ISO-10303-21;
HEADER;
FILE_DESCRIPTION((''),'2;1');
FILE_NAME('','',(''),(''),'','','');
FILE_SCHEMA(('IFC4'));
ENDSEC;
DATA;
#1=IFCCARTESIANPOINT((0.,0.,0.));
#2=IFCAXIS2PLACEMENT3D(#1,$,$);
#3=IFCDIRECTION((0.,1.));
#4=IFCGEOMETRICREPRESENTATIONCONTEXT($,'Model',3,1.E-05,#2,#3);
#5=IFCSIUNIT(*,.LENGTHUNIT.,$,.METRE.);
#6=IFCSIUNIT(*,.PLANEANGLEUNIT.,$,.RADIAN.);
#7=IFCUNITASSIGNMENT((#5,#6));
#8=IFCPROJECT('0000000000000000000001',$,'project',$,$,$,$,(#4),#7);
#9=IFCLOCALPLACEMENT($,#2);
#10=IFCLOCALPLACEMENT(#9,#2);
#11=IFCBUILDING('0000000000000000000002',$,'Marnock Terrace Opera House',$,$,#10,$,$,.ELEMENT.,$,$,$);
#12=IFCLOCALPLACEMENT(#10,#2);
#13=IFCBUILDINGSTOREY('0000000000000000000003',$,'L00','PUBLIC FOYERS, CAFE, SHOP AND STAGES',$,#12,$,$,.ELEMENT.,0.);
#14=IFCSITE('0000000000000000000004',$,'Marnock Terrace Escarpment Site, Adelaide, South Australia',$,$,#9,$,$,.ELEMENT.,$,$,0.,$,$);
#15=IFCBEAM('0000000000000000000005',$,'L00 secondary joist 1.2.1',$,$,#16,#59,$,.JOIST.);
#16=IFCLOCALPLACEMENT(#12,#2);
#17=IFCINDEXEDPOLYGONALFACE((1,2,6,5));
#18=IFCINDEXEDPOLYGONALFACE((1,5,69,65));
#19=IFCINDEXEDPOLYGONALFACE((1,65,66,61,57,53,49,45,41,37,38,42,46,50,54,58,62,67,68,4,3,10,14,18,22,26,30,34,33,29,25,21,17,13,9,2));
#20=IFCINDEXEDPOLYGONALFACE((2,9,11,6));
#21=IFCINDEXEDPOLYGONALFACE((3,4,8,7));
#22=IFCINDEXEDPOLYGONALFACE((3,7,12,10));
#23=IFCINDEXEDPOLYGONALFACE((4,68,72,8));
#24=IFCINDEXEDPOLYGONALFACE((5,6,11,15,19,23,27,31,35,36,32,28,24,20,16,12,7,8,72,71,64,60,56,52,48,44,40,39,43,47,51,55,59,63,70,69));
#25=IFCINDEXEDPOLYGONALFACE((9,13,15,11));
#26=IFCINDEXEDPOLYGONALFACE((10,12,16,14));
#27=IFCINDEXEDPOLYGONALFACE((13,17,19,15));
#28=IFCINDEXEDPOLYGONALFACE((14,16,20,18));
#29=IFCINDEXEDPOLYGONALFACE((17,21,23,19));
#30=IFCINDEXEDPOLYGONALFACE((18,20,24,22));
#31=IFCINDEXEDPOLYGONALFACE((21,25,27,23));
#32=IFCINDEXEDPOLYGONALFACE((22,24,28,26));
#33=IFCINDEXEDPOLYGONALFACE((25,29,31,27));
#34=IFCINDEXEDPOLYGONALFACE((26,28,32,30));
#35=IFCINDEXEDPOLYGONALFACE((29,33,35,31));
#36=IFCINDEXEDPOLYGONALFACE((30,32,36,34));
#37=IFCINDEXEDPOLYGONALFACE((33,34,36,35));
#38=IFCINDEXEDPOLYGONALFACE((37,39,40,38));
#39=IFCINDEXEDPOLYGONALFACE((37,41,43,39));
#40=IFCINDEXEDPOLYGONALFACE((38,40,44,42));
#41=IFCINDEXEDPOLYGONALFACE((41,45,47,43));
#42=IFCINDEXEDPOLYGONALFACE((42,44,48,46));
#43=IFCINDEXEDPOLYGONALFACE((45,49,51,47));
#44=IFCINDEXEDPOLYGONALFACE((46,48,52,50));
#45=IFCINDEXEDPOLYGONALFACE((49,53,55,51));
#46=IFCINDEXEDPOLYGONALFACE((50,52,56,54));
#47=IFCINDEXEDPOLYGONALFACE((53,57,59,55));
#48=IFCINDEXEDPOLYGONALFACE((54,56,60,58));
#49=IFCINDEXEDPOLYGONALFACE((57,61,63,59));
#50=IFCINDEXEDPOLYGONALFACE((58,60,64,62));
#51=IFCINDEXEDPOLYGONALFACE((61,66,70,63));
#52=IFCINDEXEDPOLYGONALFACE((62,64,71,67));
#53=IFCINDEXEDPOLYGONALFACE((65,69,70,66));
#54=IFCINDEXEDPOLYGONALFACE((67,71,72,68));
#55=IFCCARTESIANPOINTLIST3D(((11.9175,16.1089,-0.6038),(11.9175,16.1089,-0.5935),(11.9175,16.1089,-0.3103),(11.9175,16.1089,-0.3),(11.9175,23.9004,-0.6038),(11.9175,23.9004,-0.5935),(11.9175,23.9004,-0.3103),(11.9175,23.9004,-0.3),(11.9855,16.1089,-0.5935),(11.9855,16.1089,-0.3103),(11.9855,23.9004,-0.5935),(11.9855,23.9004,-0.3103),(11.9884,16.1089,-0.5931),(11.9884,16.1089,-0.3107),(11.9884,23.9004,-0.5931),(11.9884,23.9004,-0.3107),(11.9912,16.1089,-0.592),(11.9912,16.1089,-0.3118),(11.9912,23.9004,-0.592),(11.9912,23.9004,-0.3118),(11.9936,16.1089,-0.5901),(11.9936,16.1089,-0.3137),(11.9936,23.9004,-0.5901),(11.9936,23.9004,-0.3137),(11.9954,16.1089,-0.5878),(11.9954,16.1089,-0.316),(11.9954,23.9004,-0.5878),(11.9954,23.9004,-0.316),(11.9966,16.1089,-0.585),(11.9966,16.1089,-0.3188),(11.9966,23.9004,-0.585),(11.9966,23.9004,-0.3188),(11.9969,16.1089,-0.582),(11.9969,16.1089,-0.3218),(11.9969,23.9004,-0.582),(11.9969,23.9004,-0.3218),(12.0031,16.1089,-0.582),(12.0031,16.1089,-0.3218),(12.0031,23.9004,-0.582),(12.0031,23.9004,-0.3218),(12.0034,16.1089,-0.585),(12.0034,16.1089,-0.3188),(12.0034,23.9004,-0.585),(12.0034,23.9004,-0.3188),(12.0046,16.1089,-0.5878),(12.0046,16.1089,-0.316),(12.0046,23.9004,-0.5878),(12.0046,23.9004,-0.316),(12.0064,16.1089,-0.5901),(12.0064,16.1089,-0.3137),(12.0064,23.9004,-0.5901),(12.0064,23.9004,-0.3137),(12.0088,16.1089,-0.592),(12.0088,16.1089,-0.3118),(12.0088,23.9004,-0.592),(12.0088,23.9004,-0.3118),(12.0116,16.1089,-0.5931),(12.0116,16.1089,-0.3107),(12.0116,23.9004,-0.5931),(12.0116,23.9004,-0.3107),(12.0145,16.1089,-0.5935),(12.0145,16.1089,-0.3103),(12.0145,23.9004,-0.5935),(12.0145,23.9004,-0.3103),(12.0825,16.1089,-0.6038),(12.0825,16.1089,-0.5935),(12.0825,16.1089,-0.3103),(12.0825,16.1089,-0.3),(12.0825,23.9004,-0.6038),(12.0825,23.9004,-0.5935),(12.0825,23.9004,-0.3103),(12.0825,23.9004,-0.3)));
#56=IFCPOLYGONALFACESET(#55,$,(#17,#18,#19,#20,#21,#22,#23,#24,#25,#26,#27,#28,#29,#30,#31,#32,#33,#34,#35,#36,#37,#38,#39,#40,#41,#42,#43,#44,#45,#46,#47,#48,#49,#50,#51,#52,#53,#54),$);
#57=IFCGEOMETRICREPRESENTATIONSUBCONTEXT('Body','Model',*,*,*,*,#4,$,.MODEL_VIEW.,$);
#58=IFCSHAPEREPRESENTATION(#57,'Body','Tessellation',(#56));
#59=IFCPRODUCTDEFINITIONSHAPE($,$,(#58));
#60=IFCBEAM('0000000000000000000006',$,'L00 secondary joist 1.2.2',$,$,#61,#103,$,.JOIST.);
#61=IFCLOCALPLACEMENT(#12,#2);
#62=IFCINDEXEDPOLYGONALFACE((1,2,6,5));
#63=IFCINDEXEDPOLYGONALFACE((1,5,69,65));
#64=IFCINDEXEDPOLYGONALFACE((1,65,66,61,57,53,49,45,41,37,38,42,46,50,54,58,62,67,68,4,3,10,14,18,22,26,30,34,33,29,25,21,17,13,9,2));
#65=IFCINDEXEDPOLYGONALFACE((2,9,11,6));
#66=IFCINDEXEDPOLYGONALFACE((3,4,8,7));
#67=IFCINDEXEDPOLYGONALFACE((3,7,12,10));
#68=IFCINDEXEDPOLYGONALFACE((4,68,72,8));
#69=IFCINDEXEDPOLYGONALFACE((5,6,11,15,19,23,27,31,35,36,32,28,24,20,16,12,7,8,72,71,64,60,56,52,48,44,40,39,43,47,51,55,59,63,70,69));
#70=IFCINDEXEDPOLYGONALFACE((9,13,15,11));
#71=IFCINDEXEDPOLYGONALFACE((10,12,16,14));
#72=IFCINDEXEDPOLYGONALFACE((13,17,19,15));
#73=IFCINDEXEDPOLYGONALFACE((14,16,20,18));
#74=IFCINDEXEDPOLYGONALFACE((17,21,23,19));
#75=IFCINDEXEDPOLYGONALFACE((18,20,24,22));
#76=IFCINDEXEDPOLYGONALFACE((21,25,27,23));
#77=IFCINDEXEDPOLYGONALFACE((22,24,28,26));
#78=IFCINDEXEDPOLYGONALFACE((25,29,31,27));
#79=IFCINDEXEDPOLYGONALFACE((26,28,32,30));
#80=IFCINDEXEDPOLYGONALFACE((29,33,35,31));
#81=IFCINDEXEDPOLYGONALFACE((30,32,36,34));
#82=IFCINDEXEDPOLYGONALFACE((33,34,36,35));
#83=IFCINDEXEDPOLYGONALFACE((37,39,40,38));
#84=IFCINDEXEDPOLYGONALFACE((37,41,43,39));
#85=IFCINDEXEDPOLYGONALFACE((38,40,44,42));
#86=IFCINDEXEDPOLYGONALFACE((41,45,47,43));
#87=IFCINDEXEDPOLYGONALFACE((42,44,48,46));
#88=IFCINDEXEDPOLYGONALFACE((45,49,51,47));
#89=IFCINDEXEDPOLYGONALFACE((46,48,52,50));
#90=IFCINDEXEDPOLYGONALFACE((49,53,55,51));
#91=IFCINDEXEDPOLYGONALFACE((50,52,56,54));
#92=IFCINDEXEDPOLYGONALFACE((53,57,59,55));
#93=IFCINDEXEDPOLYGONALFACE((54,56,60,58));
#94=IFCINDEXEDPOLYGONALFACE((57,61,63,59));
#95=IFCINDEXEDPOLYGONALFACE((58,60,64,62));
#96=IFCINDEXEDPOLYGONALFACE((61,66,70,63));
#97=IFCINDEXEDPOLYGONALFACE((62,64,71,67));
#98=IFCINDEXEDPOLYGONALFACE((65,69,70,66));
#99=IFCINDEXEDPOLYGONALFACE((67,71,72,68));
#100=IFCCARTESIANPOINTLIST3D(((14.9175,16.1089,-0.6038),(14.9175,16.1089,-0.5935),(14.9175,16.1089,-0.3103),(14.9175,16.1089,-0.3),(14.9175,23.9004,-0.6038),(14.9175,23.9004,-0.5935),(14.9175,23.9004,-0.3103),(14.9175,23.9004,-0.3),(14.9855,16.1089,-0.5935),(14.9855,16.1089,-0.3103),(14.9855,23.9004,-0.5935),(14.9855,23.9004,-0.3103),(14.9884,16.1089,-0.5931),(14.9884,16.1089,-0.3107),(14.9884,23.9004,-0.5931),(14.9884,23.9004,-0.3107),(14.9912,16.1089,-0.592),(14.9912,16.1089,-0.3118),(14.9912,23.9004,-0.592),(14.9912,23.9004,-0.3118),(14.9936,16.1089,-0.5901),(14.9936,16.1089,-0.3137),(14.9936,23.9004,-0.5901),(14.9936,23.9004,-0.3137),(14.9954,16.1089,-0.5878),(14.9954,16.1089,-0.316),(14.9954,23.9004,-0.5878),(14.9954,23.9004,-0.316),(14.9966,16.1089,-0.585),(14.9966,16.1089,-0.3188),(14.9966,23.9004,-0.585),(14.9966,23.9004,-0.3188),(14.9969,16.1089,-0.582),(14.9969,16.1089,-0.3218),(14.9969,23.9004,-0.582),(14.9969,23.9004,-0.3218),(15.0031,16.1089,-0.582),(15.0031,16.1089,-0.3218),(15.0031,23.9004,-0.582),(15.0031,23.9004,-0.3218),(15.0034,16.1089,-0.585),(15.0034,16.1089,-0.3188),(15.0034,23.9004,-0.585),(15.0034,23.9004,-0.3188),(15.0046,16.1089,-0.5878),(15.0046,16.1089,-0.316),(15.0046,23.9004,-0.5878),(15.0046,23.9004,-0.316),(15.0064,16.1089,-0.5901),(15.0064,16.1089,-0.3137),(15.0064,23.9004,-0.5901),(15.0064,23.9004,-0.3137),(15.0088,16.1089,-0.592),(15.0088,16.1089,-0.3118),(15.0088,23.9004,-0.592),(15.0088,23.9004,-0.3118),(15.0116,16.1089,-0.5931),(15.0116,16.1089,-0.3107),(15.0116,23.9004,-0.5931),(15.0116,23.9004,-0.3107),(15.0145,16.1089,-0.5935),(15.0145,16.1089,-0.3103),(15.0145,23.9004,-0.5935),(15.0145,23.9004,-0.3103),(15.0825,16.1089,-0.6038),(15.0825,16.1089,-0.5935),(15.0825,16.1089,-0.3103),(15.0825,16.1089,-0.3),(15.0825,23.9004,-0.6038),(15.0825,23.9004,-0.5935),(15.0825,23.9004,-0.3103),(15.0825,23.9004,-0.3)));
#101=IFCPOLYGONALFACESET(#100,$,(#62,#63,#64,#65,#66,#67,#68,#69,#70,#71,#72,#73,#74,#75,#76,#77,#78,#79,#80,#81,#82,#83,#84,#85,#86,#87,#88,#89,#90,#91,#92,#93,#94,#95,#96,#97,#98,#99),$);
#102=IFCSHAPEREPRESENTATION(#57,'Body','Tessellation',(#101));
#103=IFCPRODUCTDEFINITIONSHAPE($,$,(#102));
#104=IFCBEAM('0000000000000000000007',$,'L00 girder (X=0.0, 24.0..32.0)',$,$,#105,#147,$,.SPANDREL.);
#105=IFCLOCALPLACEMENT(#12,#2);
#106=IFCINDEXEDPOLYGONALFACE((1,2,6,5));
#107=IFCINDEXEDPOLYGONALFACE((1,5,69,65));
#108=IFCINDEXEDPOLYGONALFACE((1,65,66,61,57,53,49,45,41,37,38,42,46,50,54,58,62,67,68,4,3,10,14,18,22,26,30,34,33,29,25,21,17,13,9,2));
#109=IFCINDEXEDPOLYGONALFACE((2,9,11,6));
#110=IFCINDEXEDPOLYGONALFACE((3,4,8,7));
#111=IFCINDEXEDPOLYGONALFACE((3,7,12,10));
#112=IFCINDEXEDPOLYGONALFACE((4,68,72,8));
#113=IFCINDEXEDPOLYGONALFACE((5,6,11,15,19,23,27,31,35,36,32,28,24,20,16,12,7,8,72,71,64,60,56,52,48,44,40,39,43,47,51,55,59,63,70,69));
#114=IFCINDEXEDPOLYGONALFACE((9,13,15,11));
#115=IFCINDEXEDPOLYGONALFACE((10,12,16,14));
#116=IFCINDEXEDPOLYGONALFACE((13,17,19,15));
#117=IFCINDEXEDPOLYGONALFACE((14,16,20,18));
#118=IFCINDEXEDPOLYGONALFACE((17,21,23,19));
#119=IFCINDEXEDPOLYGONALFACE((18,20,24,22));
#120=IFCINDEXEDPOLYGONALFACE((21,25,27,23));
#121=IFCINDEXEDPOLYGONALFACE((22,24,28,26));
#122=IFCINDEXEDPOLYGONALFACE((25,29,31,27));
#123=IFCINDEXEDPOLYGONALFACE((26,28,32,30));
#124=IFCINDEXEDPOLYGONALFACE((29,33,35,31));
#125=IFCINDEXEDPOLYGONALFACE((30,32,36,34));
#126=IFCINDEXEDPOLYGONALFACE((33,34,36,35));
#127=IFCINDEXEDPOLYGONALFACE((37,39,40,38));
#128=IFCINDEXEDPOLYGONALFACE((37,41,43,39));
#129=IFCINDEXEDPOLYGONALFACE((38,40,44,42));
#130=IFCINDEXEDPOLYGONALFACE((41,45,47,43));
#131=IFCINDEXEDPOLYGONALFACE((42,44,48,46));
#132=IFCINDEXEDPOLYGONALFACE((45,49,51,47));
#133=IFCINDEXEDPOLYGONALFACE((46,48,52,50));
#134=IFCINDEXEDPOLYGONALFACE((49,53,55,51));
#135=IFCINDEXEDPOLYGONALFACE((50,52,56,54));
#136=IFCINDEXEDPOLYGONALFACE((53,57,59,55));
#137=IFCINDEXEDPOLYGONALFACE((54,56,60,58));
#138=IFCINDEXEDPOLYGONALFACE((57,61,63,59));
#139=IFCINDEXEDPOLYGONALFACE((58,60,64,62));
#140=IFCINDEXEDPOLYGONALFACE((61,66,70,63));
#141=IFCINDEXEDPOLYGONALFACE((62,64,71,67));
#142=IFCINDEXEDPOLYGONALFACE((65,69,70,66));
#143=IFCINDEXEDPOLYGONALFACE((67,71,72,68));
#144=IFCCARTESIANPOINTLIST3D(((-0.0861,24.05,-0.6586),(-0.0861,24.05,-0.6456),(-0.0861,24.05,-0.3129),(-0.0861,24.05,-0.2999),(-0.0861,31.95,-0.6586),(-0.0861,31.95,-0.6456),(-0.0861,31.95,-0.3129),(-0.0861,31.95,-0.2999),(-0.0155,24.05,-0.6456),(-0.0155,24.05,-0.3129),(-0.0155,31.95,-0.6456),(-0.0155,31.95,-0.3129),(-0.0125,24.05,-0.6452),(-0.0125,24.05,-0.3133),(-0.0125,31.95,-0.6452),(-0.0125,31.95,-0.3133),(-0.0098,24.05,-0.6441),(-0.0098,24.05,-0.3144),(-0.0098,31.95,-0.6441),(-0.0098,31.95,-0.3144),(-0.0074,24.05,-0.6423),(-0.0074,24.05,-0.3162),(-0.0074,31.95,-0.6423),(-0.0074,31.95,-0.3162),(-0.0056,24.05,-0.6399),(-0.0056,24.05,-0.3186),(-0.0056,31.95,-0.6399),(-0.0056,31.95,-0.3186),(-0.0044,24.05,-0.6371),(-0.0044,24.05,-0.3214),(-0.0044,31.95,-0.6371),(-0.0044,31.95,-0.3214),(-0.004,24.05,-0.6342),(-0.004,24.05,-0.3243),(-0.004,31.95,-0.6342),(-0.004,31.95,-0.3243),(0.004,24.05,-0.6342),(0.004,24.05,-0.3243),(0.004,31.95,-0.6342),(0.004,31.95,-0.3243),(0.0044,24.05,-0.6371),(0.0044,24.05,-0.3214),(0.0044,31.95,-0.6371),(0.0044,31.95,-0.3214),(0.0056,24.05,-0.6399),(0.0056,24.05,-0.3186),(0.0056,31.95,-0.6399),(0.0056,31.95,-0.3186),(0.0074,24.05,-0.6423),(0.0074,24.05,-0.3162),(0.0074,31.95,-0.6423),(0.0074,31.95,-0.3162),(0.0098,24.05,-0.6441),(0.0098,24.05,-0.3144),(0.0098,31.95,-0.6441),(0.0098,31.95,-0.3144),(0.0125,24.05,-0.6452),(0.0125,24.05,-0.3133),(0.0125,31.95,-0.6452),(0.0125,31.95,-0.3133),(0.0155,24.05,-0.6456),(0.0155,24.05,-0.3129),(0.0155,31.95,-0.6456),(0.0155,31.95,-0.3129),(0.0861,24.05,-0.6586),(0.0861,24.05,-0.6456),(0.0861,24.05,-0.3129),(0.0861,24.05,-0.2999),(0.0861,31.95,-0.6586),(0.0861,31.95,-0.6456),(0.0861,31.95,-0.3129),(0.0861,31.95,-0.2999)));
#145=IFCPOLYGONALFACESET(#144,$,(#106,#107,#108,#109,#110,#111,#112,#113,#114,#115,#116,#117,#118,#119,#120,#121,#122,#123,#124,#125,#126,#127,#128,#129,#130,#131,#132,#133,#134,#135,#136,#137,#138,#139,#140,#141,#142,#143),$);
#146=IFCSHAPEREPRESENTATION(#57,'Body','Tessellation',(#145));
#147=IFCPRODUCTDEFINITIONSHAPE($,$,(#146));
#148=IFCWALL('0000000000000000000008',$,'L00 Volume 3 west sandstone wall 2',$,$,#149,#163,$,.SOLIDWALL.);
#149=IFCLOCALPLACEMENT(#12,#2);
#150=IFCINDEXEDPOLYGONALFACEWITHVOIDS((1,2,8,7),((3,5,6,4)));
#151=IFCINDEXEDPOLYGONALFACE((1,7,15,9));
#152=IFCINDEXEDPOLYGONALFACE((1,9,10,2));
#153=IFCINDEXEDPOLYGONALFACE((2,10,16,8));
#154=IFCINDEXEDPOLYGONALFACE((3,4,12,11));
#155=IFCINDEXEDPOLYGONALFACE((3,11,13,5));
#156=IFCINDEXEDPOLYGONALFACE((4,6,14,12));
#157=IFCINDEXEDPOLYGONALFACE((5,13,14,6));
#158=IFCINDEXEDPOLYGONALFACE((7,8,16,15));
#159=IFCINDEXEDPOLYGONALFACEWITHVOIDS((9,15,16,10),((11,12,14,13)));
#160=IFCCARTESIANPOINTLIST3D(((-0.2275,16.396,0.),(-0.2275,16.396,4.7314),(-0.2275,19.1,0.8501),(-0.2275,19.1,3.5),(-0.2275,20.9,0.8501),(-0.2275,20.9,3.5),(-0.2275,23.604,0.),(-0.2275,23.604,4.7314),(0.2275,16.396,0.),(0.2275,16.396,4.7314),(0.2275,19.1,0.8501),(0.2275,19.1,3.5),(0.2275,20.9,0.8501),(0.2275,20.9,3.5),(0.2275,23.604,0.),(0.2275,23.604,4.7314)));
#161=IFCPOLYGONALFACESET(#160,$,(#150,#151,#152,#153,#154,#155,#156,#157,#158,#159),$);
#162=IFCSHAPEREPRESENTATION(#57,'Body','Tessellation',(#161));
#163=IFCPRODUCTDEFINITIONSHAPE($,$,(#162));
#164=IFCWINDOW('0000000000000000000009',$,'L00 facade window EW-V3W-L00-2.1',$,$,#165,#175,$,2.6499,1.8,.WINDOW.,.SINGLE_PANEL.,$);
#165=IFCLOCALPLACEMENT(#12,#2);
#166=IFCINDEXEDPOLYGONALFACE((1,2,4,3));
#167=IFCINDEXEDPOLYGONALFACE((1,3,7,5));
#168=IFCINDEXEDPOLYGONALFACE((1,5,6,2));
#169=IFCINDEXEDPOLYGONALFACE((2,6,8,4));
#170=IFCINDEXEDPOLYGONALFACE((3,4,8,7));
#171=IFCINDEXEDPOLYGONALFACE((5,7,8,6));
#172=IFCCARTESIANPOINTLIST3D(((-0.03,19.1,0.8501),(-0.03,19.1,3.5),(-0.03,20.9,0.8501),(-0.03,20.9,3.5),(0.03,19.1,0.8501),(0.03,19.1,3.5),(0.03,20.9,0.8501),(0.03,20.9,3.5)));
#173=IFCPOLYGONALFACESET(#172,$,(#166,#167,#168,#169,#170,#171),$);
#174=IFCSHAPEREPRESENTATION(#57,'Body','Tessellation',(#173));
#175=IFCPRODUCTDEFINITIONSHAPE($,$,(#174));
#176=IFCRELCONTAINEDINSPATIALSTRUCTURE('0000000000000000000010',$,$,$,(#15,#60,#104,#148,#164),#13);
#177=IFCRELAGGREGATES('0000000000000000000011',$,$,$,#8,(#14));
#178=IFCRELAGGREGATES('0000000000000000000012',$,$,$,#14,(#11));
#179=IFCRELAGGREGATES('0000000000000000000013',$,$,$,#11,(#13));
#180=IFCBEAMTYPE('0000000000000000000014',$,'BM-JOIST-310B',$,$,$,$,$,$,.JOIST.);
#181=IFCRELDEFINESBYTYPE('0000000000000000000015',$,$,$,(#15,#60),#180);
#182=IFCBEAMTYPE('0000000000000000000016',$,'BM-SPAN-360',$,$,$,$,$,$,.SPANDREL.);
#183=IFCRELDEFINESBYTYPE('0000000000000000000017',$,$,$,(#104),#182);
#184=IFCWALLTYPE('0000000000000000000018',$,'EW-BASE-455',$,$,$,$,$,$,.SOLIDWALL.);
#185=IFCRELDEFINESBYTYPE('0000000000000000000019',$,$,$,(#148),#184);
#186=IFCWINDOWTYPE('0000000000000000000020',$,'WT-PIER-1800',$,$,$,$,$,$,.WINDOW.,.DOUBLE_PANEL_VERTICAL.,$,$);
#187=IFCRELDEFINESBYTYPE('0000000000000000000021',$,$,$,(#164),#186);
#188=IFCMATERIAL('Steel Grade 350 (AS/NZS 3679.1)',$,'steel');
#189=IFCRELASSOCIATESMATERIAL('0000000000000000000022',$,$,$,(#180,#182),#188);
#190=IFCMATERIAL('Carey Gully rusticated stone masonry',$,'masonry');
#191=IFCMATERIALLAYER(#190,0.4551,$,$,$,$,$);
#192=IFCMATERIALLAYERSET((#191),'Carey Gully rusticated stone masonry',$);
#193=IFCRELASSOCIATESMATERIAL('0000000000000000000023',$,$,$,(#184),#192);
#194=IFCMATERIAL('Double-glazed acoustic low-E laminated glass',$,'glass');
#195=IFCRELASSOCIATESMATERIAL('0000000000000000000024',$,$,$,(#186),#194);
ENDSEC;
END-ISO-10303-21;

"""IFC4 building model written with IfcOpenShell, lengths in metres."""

from ifc_helpers import new_model, si_unit, direction, frame, frame_2d, origin, origin_2d, place, context, subcontext, project, spatial, rectangle, i_section, extrude, material, layer, layer_set, material_profile, profile_set, type_object, element, fill, save


model = new_model("IFC4")

# Units and contexts
model_context = context("Model", 3, precision=1e-05, world=origin(), true_north=direction((0.0, 1.0)))
body_context = subcontext(model_context, "Body", "Model", "MODEL_VIEW")
ifc_project = project(units=[si_unit("LENGTHUNIT", "METRE"), si_unit("PLANEANGLEUNIT", "RADIAN")], contexts=[model_context])

# Site, building, storey
site_placement = place(None, origin())
site = spatial("IfcSite", under=ifc_project, at=site_placement, Name="Marnock Terrace Escarpment Site, Adelaide, South Australia", CompositionType="ELEMENT", RefElevation=0.0)
building_placement = place(site_placement, origin())
building = spatial("IfcBuilding", under=site, at=building_placement, Name="Marnock Terrace Opera House", CompositionType="ELEMENT")
storey_placement = place(building_placement, origin())
storey = spatial("IfcBuildingStorey", under=building, at=storey_placement, Name="L00", Description="PUBLIC FOYERS, CAFE, SHOP AND STAGES", CompositionType="ELEMENT", Elevation=0.0)

# Shared definitions
ifc_material_1 = material(Name="Steel Grade 350 (AS/NZS 3679.1)", Category="steel")

# Beams
ifc_material_profile_1 = material_profile(ifc_material_1, i_section(OverallWidth=0.165, OverallDepth=0.3037, WebThickness=0.0061, FlangeThickness=0.0103, FilletRadius=0.0115, at=origin_2d()))
ifc_profile_set_1 = profile_set([ifc_material_profile_1], Name="Steel Grade 350 (AS/NZS 3679.1)")
beam_type_1 = type_object("IfcBeamType", Name="BM-JOIST-310B", PredefinedType="JOIST", material=ifc_profile_set_1)
for number, where, z_axis, x_axis, name in (
    (1, (12.0, 16.1089, -0.4519), (0.0, 1.0, 0.0), (-1.0, 0.0, 0.0), "L00 secondary joist 1.2.1"),
    (2, (15.0, 16.1089, -0.4519), (0.0, 1.0, 0.0), (-1.0, 0.0, 0.0), "L00 secondary joist 1.2.2"),
):
    element("IfcBeam", number, at=place(storey_placement, frame(where, z_axis=z_axis, x_axis=x_axis)), inside=storey, type_object=beam_type_1, Name=name, PredefinedType="JOIST", context=body_context, shape_type="SweptSolid", body=[
        extrude(i_section(OverallWidth=0.165, OverallDepth=0.3037, WebThickness=0.0061, FlangeThickness=0.0103, FilletRadius=0.0115, at=origin_2d()), origin(), (0.0, 0.0, 1.0), 7.7915),
    ])
ifc_material_profile_2 = material_profile(ifc_material_1, i_section(OverallWidth=0.1721, OverallDepth=0.3586, WebThickness=0.0081, FlangeThickness=0.0129, FilletRadius=0.0115, at=origin_2d()))
ifc_profile_set_2 = profile_set([ifc_material_profile_2], Name="Steel Grade 350 (AS/NZS 3679.1)")
beam_type_2 = type_object("IfcBeamType", Name="BM-SPAN-360", PredefinedType="SPANDREL", material=ifc_profile_set_2)
beam_1_placement = place(storey_placement, frame((0.0, 24.05, -0.4792), z_axis=(0.0, 1.0, 0.0), x_axis=(-1.0, 0.0, 0.0)))
element("IfcBeam", 3, at=beam_1_placement, inside=storey, type_object=beam_type_2, Name="L00 girder (X=0.0, 24.0..32.0)", PredefinedType="SPANDREL", context=body_context, shape_type="SweptSolid", body=[
    extrude(i_section(OverallWidth=0.1721, OverallDepth=0.3586, WebThickness=0.0081, FlangeThickness=0.0129, FilletRadius=0.0115, at=origin_2d()), origin(), (0.0, 0.0, 1.0), 7.8999),
])

# Wall, opening, window
ifc_material_2 = material(Name="Carey Gully rusticated stone masonry", Category="masonry")
ifc_layer = layer(ifc_material_2, 0.4551)
ifc_layer_set = layer_set([ifc_layer], Name="Carey Gully rusticated stone masonry")
wall_type = type_object("IfcWallType", Name="EW-BASE-455", PredefinedType="SOLIDWALL", material=ifc_layer_set)
wall_1_placement = place(storey_placement, frame((0.0, 16.396, 0.0), z_axis=(0.0, 0.0, 1.0), x_axis=(0.0, 1.0, 0.0)))
wall_1 = element("IfcWall", 4, at=wall_1_placement, inside=storey, type_object=wall_type, Name="L00 Volume 3 west sandstone wall 2", PredefinedType="SOLIDWALL", context=body_context, shape_type="SweptSolid", body=[
    extrude(rectangle(XDim=7.208, YDim=0.4551, at=frame_2d((3.604, 0.0))), origin(), (0.0, 0.0, 1.0), 4.7314),
])
opening_1_placement = place(wall_1_placement, frame((2.7041, 0.0, 0.8501)))
opening_1 = element("IfcOpeningElement", 5, at=opening_1_placement, cuts=wall_1, PredefinedType="OPENING", context=body_context, shape_type="SweptSolid", body=[
    extrude(rectangle(XDim=1.8, YDim=2.6499, at=frame_2d((0.8999, 1.325))), frame((0.0, 0.2375, 0.0), z_axis=(0.0, -1.0, 0.0), x_axis=(1.0, 0.0, 0.0)), (0.0, 0.0, 1.0), 0.4751),
])
ifc_material_3 = material(Name="Double-glazed acoustic low-E laminated glass", Category="glass")
window_type = type_object("IfcWindowType", Name="WT-PIER-1800", PartitioningType="DOUBLE_PANEL_VERTICAL", PredefinedType="WINDOW", material=ifc_material_3)
window_placement = place(opening_1_placement, origin())
window = element("IfcWindow", 6, at=window_placement, inside=storey, type_object=window_type, Name="L00 facade window EW-V3W-L00-2.1", OverallHeight=2.6499, OverallWidth=1.8, PartitioningType="SINGLE_PANEL", PredefinedType="WINDOW", context=body_context, shape_type="SweptSolid", body=[
    extrude(rectangle(XDim=1.8, YDim=2.6499, at=frame_2d((0.8999, 1.325))), frame((0.0, 0.03, 0.0), z_axis=(0.0, -1.0, 0.0), x_axis=(1.0, 0.0, 0.0)), (0.0, 0.0, 1.0), 0.0601),
])
fill(opening_1, window)

save(model, "model.ifc")
